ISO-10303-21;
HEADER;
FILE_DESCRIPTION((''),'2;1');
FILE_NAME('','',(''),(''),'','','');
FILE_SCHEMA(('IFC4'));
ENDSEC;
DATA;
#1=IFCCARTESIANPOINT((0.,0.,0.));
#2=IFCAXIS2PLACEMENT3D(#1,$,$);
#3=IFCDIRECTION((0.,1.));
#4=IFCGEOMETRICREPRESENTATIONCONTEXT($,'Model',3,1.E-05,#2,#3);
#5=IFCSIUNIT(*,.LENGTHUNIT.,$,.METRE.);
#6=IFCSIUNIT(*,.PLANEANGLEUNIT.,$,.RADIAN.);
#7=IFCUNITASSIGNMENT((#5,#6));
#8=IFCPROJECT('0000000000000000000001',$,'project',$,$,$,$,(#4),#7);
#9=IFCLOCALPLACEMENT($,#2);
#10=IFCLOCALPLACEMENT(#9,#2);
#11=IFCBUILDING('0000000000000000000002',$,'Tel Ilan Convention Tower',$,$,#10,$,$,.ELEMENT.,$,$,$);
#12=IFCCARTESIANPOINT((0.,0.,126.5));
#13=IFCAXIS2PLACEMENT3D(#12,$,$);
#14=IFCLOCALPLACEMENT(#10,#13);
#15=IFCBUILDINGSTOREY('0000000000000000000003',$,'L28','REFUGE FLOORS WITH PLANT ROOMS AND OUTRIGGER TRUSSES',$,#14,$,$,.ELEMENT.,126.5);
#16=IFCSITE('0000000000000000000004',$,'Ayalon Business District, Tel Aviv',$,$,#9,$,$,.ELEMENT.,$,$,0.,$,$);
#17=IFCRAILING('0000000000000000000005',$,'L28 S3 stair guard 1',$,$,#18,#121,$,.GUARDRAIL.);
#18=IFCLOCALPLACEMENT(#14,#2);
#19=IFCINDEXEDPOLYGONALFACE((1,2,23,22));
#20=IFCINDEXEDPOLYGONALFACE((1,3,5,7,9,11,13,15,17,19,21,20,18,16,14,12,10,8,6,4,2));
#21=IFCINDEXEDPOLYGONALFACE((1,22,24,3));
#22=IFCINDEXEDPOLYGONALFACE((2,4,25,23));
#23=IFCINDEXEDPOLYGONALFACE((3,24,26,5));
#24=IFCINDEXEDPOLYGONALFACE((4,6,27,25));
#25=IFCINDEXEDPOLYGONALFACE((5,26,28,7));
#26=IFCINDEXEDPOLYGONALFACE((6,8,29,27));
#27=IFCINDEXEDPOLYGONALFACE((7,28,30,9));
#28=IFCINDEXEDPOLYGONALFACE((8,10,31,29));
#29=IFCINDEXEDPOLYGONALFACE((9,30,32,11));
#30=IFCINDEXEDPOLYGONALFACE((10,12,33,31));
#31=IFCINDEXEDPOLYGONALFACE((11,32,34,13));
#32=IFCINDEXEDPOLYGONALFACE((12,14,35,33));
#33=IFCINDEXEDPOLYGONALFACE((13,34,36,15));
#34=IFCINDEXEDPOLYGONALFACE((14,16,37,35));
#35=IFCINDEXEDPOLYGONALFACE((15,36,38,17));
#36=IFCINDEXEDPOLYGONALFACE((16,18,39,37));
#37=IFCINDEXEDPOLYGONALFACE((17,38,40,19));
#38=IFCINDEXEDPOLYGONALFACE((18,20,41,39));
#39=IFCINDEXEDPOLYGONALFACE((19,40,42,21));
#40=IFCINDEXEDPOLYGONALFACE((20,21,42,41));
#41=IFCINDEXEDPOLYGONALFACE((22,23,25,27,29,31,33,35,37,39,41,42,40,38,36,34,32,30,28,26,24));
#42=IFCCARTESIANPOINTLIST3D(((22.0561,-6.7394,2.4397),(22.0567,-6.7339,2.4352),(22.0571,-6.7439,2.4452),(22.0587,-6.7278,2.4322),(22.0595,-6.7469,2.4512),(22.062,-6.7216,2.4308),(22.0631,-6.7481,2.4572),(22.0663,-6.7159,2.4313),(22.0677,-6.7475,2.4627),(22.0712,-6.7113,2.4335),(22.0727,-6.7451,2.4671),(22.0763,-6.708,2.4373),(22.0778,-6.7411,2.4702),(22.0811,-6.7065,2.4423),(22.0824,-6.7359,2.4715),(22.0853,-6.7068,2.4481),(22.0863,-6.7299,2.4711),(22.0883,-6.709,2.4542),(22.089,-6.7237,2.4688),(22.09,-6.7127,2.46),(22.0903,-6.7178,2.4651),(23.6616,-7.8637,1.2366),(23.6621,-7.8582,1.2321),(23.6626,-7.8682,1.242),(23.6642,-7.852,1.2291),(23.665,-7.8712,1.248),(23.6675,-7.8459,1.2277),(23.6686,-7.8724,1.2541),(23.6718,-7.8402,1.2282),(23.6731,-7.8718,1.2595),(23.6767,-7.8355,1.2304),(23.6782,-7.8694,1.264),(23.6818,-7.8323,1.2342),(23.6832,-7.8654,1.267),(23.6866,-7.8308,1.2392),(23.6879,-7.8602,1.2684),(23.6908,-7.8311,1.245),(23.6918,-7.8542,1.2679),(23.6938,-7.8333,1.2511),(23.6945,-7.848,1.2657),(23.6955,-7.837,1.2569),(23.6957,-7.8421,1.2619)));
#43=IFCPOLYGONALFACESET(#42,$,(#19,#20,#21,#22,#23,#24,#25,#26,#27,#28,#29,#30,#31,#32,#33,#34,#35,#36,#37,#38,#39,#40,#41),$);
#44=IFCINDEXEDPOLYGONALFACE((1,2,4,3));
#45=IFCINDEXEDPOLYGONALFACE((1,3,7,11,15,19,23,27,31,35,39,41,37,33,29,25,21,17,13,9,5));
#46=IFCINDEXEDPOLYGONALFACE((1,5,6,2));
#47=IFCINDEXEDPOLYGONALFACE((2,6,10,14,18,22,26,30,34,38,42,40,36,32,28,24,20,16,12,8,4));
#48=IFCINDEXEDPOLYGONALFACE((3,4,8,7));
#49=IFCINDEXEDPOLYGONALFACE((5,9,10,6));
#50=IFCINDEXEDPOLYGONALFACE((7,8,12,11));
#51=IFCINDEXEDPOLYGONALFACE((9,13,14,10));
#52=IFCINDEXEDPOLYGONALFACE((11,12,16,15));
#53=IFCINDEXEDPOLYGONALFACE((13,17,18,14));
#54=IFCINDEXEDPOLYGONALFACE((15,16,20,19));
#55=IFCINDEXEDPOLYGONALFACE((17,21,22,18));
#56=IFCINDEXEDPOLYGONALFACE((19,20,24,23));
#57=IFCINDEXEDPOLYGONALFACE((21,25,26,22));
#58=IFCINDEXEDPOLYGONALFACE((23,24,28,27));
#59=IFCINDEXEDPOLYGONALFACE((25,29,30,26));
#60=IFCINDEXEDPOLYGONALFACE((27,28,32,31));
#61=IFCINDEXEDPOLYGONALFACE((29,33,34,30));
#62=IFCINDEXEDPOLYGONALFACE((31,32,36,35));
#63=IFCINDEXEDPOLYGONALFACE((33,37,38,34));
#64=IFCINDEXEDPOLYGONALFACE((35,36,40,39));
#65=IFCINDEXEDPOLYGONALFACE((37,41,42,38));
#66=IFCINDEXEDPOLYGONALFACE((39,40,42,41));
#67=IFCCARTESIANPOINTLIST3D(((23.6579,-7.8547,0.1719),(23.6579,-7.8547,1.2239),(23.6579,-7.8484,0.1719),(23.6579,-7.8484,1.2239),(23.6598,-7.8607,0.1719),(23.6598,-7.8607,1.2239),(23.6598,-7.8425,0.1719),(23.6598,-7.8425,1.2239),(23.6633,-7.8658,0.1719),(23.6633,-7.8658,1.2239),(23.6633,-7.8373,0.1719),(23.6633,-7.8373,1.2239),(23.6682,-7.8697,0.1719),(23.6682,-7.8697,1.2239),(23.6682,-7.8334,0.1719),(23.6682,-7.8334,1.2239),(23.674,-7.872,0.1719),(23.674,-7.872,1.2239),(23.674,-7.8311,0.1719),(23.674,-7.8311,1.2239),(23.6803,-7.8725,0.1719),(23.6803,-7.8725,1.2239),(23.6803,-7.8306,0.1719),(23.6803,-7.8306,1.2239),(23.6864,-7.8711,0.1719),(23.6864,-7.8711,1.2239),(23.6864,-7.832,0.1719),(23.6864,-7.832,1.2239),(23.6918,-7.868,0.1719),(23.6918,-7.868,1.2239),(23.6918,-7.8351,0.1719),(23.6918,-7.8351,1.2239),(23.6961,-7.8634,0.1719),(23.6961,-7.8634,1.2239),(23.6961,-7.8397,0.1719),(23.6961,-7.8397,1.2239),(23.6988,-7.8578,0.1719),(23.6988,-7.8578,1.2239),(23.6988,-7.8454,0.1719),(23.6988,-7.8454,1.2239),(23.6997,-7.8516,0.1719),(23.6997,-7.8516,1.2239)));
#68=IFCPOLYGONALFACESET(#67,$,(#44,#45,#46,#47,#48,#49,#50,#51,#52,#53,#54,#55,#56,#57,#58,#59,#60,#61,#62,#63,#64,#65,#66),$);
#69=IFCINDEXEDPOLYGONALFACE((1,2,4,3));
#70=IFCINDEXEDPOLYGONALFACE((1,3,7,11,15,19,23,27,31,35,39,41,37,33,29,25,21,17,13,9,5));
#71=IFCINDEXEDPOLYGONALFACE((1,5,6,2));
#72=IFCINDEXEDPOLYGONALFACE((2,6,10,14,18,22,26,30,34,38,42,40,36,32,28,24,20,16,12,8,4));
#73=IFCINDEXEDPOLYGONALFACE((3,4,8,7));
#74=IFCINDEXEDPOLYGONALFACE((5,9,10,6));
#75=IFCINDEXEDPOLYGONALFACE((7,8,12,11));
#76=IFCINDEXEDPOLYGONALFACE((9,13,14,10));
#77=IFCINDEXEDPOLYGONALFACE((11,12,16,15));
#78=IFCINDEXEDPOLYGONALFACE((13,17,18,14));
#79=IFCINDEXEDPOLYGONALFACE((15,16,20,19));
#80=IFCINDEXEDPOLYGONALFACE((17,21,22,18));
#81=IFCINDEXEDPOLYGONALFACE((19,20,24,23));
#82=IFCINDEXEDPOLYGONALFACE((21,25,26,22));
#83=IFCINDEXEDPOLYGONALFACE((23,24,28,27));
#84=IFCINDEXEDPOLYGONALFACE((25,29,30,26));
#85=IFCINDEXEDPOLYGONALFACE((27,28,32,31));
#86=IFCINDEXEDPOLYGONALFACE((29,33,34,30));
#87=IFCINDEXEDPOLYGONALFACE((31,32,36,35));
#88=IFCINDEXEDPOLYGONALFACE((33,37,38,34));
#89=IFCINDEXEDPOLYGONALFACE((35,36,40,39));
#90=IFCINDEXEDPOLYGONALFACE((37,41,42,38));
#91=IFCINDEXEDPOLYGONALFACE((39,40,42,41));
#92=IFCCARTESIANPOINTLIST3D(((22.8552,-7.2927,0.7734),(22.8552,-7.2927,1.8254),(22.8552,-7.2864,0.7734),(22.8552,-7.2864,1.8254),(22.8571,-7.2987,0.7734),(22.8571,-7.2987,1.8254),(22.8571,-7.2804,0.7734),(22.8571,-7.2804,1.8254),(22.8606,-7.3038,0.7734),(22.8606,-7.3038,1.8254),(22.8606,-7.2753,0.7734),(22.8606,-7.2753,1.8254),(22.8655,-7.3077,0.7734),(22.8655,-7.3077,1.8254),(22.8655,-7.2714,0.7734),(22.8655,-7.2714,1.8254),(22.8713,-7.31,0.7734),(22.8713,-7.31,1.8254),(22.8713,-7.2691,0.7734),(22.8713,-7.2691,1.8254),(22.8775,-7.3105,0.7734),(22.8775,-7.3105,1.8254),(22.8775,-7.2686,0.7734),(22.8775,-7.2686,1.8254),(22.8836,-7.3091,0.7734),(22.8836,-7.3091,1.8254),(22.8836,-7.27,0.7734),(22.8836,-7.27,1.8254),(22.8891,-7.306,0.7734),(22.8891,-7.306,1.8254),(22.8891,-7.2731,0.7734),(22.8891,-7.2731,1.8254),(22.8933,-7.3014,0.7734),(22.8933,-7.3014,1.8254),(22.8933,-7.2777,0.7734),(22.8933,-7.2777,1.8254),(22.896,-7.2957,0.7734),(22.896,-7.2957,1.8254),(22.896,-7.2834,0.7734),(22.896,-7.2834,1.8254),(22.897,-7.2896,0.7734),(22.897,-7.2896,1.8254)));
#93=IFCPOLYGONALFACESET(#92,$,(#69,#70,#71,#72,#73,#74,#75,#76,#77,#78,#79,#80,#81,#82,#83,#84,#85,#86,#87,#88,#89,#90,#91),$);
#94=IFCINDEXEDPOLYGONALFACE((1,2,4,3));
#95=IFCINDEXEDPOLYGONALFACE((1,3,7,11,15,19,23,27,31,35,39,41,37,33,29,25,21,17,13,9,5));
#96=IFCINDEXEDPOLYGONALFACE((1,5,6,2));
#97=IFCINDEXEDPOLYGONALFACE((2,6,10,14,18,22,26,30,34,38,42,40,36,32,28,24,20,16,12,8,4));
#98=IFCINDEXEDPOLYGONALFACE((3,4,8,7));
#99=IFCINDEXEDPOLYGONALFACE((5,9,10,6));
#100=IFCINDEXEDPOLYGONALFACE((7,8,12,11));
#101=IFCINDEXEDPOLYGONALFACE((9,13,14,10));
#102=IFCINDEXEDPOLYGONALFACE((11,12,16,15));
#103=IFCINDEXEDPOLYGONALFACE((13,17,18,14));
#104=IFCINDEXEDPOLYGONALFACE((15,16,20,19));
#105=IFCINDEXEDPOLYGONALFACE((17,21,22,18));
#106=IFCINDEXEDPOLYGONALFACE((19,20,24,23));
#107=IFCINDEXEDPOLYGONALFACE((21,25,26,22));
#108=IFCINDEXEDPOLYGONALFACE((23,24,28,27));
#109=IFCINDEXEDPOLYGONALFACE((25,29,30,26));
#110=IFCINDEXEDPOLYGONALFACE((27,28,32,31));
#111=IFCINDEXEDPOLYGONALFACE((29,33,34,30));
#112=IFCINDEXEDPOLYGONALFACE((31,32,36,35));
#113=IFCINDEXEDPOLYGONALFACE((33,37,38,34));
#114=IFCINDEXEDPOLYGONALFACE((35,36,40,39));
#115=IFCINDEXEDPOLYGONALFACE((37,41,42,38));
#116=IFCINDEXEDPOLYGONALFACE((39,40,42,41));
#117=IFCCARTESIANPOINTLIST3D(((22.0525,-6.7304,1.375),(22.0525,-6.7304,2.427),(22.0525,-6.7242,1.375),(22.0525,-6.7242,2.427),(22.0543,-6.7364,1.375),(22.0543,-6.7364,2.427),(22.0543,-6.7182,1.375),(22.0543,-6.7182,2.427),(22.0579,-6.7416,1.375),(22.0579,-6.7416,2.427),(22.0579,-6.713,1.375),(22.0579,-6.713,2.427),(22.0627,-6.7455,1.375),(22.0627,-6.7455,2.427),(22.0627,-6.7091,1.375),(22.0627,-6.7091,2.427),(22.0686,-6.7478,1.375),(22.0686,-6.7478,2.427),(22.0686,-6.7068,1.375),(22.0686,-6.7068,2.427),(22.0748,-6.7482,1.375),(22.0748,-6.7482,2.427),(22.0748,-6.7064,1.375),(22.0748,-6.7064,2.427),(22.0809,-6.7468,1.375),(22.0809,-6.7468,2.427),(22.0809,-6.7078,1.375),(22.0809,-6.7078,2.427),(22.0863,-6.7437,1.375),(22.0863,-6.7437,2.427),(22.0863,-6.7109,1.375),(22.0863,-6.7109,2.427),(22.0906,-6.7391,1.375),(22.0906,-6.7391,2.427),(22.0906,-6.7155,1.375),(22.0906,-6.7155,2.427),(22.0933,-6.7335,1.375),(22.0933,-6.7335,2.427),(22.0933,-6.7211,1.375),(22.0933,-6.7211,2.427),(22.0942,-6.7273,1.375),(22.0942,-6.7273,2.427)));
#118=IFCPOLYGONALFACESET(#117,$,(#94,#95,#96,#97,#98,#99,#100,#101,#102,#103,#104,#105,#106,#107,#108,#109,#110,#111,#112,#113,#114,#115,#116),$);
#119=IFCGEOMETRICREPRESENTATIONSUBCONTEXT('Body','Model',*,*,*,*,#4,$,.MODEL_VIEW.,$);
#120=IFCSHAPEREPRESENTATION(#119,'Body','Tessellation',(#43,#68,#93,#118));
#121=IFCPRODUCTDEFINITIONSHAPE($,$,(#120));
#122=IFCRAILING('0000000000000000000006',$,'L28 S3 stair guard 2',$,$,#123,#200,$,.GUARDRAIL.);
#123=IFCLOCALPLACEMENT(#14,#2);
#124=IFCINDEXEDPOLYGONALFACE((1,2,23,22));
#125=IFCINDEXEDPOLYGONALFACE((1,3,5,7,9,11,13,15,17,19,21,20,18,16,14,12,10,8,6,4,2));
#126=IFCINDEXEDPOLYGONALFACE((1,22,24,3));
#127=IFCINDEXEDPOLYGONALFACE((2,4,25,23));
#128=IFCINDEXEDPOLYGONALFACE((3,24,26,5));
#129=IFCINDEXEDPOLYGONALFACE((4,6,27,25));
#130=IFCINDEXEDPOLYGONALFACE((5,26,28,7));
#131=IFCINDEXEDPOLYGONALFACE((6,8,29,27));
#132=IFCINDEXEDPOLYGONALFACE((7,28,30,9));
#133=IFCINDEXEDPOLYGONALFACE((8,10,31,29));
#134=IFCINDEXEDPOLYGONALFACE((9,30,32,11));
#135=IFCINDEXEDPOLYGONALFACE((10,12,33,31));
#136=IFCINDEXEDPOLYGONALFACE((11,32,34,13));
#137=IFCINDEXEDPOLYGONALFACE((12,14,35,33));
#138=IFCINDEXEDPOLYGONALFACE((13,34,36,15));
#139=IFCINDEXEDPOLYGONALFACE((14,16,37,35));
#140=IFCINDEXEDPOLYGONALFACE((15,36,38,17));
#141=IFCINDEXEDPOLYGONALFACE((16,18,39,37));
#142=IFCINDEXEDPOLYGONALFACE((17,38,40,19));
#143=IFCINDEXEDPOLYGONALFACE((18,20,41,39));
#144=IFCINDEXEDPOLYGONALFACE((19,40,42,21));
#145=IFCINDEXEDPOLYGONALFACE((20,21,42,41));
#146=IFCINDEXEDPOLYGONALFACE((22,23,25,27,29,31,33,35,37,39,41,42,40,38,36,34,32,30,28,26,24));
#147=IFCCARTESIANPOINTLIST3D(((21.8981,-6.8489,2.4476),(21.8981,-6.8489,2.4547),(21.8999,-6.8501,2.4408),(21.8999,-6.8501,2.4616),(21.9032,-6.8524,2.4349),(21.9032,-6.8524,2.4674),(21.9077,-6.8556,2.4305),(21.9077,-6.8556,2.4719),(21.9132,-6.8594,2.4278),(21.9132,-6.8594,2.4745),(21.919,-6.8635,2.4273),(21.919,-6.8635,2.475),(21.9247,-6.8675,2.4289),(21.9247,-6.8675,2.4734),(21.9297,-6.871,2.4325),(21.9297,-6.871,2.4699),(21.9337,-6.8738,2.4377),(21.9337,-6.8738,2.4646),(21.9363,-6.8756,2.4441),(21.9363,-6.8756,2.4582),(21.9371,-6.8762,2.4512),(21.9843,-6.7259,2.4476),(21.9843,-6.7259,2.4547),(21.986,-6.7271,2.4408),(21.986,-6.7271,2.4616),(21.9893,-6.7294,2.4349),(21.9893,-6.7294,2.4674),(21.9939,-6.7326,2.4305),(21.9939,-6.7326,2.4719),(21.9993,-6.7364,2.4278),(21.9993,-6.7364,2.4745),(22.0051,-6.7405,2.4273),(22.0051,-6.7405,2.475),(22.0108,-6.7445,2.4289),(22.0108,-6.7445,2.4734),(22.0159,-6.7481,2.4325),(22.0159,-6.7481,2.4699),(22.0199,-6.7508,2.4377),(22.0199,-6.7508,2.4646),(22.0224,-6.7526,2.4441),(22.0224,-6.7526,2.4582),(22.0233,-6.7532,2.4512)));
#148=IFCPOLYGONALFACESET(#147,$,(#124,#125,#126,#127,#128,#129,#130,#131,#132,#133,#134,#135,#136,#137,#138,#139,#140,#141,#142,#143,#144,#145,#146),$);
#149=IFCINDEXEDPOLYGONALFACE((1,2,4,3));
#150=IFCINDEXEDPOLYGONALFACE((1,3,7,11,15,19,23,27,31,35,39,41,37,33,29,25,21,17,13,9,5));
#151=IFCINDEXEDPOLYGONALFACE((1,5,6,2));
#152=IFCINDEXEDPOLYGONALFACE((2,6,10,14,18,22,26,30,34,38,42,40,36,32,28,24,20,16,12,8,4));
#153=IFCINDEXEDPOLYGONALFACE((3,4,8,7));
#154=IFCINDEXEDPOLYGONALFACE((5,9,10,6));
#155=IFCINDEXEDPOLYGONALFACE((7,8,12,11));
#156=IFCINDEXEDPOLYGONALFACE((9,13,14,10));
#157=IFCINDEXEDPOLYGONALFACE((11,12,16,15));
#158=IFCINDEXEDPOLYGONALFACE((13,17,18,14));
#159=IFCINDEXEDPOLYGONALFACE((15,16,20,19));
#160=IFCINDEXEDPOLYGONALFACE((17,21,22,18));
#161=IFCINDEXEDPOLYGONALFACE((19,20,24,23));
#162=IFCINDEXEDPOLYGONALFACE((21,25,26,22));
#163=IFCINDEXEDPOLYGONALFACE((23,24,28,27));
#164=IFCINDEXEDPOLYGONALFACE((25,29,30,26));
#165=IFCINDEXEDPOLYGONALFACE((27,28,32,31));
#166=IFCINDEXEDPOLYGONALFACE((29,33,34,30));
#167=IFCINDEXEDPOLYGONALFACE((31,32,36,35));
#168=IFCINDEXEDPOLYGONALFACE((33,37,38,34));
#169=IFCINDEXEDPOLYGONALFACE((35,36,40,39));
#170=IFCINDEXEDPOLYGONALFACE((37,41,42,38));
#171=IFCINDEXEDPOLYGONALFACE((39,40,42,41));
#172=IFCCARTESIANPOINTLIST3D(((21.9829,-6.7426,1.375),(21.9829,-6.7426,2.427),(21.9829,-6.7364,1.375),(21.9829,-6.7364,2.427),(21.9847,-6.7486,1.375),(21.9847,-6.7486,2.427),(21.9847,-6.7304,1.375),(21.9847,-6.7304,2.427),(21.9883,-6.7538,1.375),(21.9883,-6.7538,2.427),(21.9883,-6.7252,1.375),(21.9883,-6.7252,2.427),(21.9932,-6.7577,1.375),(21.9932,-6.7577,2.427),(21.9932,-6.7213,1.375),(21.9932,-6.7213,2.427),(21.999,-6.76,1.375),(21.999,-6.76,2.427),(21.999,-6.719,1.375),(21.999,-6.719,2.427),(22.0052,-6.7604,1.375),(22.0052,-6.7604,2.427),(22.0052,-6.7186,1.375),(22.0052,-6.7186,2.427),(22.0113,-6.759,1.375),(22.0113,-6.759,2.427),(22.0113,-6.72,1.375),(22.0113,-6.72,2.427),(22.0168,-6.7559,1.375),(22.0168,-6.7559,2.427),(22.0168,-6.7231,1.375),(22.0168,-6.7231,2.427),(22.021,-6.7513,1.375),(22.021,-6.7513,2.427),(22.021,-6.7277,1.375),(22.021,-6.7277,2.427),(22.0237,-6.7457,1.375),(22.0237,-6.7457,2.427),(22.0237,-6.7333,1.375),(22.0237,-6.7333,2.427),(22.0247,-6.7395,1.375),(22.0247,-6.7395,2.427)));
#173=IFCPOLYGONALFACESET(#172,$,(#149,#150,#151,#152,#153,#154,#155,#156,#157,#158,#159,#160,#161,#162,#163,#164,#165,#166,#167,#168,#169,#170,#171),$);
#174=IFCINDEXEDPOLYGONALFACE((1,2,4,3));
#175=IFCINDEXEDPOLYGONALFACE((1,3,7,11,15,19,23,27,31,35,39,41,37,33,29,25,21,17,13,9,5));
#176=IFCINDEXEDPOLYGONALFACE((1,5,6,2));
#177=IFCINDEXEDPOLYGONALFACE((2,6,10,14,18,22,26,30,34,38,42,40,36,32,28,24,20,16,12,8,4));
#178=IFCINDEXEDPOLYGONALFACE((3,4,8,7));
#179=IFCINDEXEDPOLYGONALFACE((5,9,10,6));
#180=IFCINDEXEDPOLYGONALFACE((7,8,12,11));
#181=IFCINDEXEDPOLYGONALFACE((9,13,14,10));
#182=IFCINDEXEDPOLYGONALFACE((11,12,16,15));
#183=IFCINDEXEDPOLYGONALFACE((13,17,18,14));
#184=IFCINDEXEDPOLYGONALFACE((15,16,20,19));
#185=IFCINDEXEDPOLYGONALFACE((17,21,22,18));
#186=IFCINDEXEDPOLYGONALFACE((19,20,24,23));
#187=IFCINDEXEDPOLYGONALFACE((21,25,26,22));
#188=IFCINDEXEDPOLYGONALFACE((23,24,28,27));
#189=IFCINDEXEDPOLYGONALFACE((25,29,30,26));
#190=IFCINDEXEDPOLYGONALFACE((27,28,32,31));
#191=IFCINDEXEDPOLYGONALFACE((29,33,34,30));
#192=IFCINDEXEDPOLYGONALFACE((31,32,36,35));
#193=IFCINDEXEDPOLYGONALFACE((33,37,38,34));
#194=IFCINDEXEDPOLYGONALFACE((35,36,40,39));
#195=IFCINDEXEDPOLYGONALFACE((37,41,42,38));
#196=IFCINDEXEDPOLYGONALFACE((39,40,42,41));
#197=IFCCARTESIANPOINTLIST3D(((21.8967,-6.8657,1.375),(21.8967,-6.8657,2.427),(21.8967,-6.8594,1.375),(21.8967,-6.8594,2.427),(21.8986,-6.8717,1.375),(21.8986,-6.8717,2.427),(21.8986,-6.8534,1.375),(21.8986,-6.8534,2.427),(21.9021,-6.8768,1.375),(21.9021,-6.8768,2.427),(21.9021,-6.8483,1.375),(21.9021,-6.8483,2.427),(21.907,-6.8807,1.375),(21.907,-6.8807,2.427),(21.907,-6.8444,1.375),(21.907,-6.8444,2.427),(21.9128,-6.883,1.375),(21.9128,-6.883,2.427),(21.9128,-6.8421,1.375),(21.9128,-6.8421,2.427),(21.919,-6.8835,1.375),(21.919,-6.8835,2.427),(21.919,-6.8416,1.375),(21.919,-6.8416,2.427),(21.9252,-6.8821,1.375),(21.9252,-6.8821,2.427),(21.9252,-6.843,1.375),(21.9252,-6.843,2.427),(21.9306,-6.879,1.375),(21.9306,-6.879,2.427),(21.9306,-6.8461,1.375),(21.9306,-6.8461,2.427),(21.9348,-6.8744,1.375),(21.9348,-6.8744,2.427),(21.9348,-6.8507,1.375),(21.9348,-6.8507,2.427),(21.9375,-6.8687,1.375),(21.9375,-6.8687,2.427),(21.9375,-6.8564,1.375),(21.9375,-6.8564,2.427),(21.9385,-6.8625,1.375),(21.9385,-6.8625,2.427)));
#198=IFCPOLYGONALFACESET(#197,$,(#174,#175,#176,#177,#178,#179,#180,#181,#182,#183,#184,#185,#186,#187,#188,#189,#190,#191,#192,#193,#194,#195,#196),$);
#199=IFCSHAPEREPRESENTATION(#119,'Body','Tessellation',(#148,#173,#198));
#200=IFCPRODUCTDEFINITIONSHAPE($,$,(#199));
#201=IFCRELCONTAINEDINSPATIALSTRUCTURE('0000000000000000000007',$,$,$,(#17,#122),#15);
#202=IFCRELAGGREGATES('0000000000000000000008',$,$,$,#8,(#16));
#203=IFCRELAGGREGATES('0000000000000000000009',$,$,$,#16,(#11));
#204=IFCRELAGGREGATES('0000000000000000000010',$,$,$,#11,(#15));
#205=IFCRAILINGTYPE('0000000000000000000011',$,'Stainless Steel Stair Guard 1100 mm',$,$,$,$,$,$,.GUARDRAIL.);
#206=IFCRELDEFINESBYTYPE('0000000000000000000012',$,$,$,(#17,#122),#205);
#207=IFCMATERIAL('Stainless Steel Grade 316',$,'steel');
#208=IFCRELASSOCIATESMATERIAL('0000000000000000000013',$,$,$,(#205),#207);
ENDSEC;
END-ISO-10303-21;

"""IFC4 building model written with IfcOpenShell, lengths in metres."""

from ifc_helpers import new_model, si_unit, direction, frame, origin, origin_2d, place, context, subcontext, project, spatial, circle, extrude, material, type_object, element, save


model = new_model("IFC4")

# Units and contexts
model_context = context("Model", 3, precision=1e-05, world=origin(), true_north=direction((0.0, 1.0)))
body_context = subcontext(model_context, "Body", "Model", "MODEL_VIEW")
ifc_project = project(units=[si_unit("LENGTHUNIT", "METRE"), si_unit("PLANEANGLEUNIT", "RADIAN")], contexts=[model_context])

# Site, building, storey
site_placement = place(None, origin())
site = spatial("IfcSite", under=ifc_project, at=site_placement, Name="Ayalon Business District, Tel Aviv", CompositionType="ELEMENT", RefElevation=0.0)
building_placement = place(site_placement, origin())
building = spatial("IfcBuilding", under=site, at=building_placement, Name="Tel Ilan Convention Tower", CompositionType="ELEMENT")
storey_placement = place(building_placement, frame((0.0, 0.0, 126.5)))
storey = spatial("IfcBuildingStorey", under=building, at=storey_placement, Name="L28", Description="REFUGE FLOORS WITH PLANT ROOMS AND OUTRIGGER TRUSSES", CompositionType="ELEMENT", Elevation=126.5)

# Railings
ifc_material_1 = material(Name="Stainless Steel Grade 316", Category="steel")
railing_type_1 = type_object("IfcRailingType", Name="Stainless Steel Stair Guard 1100 mm", PredefinedType="GUARDRAIL", material=ifc_material_1)
railing_1_placement = place(storey_placement, frame((23.6787, -7.8516, 0.1719)))
element("IfcRailing", 1, at=railing_1_placement, inside=storey, type_object=railing_type_1, Name="L28 S3 stair guard 1", PredefinedType="GUARDRAIL", context=body_context, shape_type="SweptSolid", body=[
    extrude(circle(Radius=0.0239, at=origin_2d()), frame((0.0, 0.0, 1.0762), z_axis=(-0.698095, 0.488857, 0.523146), x_axis=(-0.573613, -0.819127, 0.0)), (0.0, 0.0, 1.0), 2.2998),
    extrude(circle(Radius=0.021, at=origin_2d()), origin(), (0.0, 0.0, 1.0), 1.052),
    extrude(circle(Radius=0.021, at=origin_2d()), frame((-0.8027, 0.562, 0.6016)), (0.0, 0.0, 1.0), 1.052),
    extrude(circle(Radius=0.021, at=origin_2d()), frame((-1.6055, 1.1243, 1.2031)), (0.0, 0.0, 1.0), 1.052),
])
railing_2_placement = place(storey_placement, frame((22.0037, -6.7395, 1.375)))
element("IfcRailing", 2, at=railing_2_placement, inside=storey, type_object=railing_type_1, Name="L28 S3 stair guard 2", PredefinedType="GUARDRAIL", context=body_context, shape_type="SweptSolid", body=[
    extrude(circle(Radius=0.0239, at=origin_2d()), frame((0.0, 0.0, 1.0762), z_axis=(-0.57368, -0.819079, 0.0), x_axis=(0.819079, -0.57368, 0.0)), (0.0, 0.0, 1.0), 0.1501),
    extrude(circle(Radius=0.021, at=origin_2d()), origin(), (0.0, 0.0, 1.0), 1.052),
    extrude(circle(Radius=0.021, at=origin_2d()), frame((-0.0862, -0.123, 0.0)), (0.0, 0.0, 1.0), 1.052),
])

save(model, "model.ifc")
